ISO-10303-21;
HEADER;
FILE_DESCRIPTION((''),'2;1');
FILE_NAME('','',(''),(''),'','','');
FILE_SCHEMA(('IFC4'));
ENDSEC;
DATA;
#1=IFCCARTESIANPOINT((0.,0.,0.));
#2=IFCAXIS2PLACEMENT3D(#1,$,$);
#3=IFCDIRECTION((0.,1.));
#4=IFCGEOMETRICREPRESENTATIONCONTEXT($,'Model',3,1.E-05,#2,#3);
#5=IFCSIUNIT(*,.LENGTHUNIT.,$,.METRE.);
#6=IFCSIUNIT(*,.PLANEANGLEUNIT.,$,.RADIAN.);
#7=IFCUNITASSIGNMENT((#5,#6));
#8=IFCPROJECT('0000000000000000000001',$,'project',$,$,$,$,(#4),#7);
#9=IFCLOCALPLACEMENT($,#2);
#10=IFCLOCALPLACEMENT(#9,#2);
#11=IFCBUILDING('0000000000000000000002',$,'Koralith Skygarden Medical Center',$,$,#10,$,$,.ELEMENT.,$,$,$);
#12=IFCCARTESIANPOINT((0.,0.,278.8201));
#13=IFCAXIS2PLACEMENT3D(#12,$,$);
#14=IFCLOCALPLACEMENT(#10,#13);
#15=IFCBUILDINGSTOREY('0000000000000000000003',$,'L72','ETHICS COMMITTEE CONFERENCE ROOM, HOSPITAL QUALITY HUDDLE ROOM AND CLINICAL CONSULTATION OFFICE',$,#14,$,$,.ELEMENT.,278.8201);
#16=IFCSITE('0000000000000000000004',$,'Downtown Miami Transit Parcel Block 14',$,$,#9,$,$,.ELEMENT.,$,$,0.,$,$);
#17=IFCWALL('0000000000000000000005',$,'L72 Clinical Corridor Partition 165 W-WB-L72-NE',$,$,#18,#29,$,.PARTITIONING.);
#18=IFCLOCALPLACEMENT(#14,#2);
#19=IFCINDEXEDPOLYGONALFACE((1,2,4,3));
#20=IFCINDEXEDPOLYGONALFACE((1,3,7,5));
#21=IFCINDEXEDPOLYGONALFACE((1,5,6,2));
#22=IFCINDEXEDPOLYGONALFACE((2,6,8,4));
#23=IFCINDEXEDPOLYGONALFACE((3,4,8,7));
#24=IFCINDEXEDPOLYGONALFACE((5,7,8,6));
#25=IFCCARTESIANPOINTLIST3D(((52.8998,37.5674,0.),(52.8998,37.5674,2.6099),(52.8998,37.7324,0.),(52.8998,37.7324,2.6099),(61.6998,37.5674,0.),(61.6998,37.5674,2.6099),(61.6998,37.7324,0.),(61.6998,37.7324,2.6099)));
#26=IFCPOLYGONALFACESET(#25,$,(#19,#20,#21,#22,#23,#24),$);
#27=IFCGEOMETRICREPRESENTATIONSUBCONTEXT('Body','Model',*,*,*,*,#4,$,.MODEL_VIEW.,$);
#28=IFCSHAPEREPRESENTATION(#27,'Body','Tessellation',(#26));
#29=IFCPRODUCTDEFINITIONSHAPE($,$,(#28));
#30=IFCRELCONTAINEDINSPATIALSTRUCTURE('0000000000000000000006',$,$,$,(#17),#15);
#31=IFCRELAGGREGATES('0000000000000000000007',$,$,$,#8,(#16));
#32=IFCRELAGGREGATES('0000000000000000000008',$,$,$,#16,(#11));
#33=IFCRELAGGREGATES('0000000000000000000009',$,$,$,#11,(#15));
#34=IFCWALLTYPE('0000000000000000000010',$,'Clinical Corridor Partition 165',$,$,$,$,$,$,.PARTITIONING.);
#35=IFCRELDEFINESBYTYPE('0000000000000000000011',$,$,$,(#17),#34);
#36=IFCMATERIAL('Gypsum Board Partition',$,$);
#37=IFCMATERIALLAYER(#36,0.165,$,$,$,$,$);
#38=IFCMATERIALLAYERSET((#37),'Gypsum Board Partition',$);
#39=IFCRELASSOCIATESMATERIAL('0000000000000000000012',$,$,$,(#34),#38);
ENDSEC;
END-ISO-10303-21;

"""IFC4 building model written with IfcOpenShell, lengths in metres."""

from ifc_helpers import new_model, si_unit, direction, frame, frame_2d, origin, place, context, subcontext, project, spatial, rectangle, extrude, material, layer, layer_set, type_object, element, save


model = new_model("IFC4")

# Units and contexts
model_context = context("Model", 3, precision=1e-05, world=origin(), true_north=direction((0.0, 1.0)))
body_context = subcontext(model_context, "Body", "Model", "MODEL_VIEW")
ifc_project = project(units=[si_unit("LENGTHUNIT", "METRE"), si_unit("PLANEANGLEUNIT", "RADIAN")], contexts=[model_context])

# Site, building, storey
site_placement = place(None, origin())
site = spatial("IfcSite", under=ifc_project, at=site_placement, Name="Downtown Miami Transit Parcel Block 14", CompositionType="ELEMENT", RefElevation=0.0)
building_placement = place(site_placement, origin())
building = spatial("IfcBuilding", under=site, at=building_placement, Name="Koralith Skygarden Medical Center", CompositionType="ELEMENT")
storey_placement = place(building_placement, frame((0.0, 0.0, 278.8201)))
storey = spatial("IfcBuildingStorey", under=building, at=storey_placement, Name="L72", Description="ETHICS COMMITTEE CONFERENCE ROOM, HOSPITAL QUALITY HUDDLE ROOM AND CLINICAL CONSULTATION OFFICE", CompositionType="ELEMENT", Elevation=278.8201)

# Wall
ifc_material_1 = material(Name="Gypsum Board Partition")
ifc_layer_1 = layer(ifc_material_1, 0.165)
ifc_layer_set_1 = layer_set([ifc_layer_1], Name="Gypsum Board Partition")
wall_type_1 = type_object("IfcWallType", Name="Clinical Corridor Partition 165", PredefinedType="PARTITIONING", material=ifc_layer_set_1)
wall_1_placement = place(storey_placement, frame((52.8999, 37.6499, 0.0), z_axis=(0.0, 0.0, 1.0), x_axis=(1.0, 0.0, 0.0)))
element("IfcWall", 1, at=wall_1_placement, inside=storey, type_object=wall_type_1, Name="L72 Clinical Corridor Partition 165 W-WB-L72-NE", PredefinedType="PARTITIONING", context=body_context, shape_type="SweptSolid", body=[
    extrude(rectangle(XDim=8.8, YDim=0.165, at=frame_2d((4.3999, 0.0))), origin(), (0.0, 0.0, 1.0), 2.6099),
])

save(model, "model.ifc")
